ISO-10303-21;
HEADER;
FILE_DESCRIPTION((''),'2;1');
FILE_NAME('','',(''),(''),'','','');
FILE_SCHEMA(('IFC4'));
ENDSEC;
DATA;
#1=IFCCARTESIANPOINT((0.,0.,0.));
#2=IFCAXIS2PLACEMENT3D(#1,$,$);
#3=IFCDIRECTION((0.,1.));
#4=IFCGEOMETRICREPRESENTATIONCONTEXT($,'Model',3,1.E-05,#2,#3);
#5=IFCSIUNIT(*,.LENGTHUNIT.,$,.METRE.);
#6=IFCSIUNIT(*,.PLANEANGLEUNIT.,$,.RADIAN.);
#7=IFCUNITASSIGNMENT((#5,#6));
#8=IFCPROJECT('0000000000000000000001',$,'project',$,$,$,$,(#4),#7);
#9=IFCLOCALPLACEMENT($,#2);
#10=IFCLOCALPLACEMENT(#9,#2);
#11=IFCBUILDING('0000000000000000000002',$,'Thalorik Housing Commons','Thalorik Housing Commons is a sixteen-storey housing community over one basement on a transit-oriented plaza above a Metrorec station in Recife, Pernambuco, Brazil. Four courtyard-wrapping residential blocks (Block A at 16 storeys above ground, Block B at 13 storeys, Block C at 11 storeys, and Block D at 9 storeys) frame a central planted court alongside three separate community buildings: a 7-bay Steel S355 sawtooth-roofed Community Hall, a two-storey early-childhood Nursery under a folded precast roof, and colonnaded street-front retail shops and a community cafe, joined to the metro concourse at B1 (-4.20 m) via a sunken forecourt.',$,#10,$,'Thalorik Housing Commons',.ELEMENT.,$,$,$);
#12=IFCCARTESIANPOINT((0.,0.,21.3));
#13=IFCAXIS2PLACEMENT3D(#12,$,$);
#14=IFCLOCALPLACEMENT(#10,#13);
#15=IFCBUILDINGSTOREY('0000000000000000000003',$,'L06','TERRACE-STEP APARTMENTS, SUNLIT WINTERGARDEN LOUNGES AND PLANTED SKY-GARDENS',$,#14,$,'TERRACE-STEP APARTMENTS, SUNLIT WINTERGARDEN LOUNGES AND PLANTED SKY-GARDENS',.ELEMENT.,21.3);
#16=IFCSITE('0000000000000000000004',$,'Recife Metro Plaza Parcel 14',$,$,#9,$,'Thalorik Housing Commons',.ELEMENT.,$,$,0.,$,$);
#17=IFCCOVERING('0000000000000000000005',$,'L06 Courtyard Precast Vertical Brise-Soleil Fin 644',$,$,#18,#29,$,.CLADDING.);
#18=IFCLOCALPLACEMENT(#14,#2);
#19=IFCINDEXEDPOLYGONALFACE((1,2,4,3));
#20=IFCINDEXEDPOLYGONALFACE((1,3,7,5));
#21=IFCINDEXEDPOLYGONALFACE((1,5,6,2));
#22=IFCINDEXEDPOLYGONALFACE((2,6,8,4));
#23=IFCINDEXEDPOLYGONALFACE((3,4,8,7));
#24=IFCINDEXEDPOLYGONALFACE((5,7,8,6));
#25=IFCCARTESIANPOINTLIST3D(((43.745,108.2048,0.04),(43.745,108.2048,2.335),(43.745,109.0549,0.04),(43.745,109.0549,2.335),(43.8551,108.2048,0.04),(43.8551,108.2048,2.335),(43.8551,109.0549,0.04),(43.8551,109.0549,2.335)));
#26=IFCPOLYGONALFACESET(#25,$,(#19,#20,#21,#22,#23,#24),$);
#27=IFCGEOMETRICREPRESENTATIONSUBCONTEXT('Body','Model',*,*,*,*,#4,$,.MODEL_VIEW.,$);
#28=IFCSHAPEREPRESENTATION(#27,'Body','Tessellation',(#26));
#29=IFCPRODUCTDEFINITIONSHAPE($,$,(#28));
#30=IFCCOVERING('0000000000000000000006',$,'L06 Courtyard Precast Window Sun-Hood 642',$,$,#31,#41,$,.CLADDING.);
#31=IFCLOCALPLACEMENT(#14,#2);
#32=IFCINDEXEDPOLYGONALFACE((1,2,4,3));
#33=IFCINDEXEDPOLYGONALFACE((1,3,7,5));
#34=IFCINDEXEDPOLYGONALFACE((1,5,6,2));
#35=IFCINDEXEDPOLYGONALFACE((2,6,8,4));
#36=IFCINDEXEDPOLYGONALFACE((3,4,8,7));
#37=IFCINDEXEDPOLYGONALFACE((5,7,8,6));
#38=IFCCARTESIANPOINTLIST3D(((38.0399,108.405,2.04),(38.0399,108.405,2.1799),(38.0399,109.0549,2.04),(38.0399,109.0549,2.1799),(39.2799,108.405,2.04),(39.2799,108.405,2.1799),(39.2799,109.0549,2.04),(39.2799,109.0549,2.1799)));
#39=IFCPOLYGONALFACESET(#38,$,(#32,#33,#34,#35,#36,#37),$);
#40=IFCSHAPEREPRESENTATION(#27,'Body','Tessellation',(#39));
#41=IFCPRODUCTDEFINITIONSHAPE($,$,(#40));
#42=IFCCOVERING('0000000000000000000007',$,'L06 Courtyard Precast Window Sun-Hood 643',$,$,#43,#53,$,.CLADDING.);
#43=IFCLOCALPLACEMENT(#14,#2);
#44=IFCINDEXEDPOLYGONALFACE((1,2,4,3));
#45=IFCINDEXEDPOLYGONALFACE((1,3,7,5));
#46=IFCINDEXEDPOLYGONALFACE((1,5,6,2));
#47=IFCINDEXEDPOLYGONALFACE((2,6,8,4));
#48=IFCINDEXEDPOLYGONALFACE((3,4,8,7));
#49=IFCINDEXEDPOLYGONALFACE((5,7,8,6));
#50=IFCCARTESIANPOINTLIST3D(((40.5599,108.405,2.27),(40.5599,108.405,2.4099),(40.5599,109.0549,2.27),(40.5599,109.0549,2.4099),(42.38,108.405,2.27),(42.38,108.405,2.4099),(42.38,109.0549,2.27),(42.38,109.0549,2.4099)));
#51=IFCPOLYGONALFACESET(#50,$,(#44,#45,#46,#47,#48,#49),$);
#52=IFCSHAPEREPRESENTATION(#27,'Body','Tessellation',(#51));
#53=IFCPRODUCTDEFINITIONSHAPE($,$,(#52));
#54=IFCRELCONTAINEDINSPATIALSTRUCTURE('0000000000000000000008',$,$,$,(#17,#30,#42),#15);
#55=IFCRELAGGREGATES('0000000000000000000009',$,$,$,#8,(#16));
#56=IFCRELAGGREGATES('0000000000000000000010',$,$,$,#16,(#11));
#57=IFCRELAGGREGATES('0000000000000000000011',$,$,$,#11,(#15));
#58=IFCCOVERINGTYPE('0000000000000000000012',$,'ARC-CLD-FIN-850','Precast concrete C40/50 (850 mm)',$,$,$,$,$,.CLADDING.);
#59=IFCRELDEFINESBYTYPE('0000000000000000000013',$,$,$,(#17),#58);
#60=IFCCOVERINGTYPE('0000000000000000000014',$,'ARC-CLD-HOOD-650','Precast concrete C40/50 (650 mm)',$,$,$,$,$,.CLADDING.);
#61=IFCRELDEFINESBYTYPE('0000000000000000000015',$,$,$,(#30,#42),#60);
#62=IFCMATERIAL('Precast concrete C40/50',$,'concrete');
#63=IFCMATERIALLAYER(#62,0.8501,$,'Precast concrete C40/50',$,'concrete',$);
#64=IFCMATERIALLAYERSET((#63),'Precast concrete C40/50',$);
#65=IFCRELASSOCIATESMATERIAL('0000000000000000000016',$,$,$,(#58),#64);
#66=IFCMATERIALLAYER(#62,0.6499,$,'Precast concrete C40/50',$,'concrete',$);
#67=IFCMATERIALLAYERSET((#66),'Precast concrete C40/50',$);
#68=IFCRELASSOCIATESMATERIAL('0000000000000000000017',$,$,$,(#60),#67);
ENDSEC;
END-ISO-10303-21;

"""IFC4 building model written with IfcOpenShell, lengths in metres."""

from ifc_helpers import new_model, si_unit, direction, frame, origin, origin_2d, place, context, subcontext, project, spatial, rectangle, extrude, material, layer, layer_set, type_object, element, save


model = new_model("IFC4")

# Units and contexts
model_context = context("Model", 3, precision=1e-05, world=origin(), true_north=direction((0.0, 1.0)))
body_context = subcontext(model_context, "Body", "Model", "MODEL_VIEW")
ifc_project = project(units=[si_unit("LENGTHUNIT", "METRE"), si_unit("PLANEANGLEUNIT", "RADIAN")], contexts=[model_context])

# Site, building, storey
site_placement = place(None, origin())
site = spatial("IfcSite", under=ifc_project, at=site_placement, Name="Recife Metro Plaza Parcel 14", LongName="Thalorik Housing Commons", CompositionType="ELEMENT", RefElevation=0.0)
building_placement = place(site_placement, origin())
building = spatial("IfcBuilding", under=site, at=building_placement, Name="Thalorik Housing Commons", Description="Thalorik Housing Commons is a sixteen-storey housing community over one basement on a transit-oriented plaza above a Metrorec station in Recife, Pernambuco, Brazil. Four courtyard-wrapping residential blocks (Block A at 16 storeys above ground, Block B at 13 storeys, Block C at 11 storeys, and Block D at 9 storeys) frame a central planted court alongside three separate community buildings: a 7-bay Steel S355 sawtooth-roofed Community Hall, a two-storey early-childhood Nursery under a folded precast roof, and colonnaded street-front retail shops and a community cafe, joined to the metro concourse at B1 (-4.20 m) via a sunken forecourt.", LongName="Thalorik Housing Commons", CompositionType="ELEMENT")
storey_placement = place(building_placement, frame((0.0, 0.0, 21.3)))
storey = spatial("IfcBuildingStorey", under=building, at=storey_placement, Name="L06", Description="TERRACE-STEP APARTMENTS, SUNLIT WINTERGARDEN LOUNGES AND PLANTED SKY-GARDENS", LongName="TERRACE-STEP APARTMENTS, SUNLIT WINTERGARDEN LOUNGES AND PLANTED SKY-GARDENS", CompositionType="ELEMENT", Elevation=21.3)

# Shared definitions
ifc_material_1 = material(Name="Precast concrete C40/50", Category="concrete")

# Coverings
ifc_layer_1 = layer(ifc_material_1, 0.8501, Name="Precast concrete C40/50", Category="concrete")
ifc_layer_set_1 = layer_set([ifc_layer_1], Name="Precast concrete C40/50")
covering_type_1 = type_object("IfcCoveringType", Name="ARC-CLD-FIN-850", Description="Precast concrete C40/50 (850 mm)", PredefinedType="CLADDING", material=ifc_layer_set_1)
covering_1_placement = place(storey_placement, frame((43.8, 108.6299, 0.04), z_axis=(0.0, 0.0, 1.0), x_axis=(1.0, 0.0, 0.0)))
element("IfcCovering", 1, at=covering_1_placement, inside=storey, type_object=covering_type_1, Name="L06 Courtyard Precast Vertical Brise-Soleil Fin 644", PredefinedType="CLADDING", context=body_context, shape_type="SweptSolid", body=[
    extrude(rectangle(XDim=0.1101, YDim=0.8501, at=origin_2d()), origin(), (0.0, 0.0, 1.0), 2.2949),
])
ifc_layer_2 = layer(ifc_material_1, 0.6499, Name="Precast concrete C40/50", Category="concrete")
ifc_layer_set_2 = layer_set([ifc_layer_2], Name="Precast concrete C40/50")
covering_type_2 = type_object("IfcCoveringType", Name="ARC-CLD-HOOD-650", Description="Precast concrete C40/50 (650 mm)", PredefinedType="CLADDING", material=ifc_layer_set_2)
covering_2_placement = place(storey_placement, frame((38.6599, 108.73, 2.04), z_axis=(0.0, 0.0, 1.0), x_axis=(1.0, 0.0, 0.0)))
element("IfcCovering", 2, at=covering_2_placement, inside=storey, type_object=covering_type_2, Name="L06 Courtyard Precast Window Sun-Hood 642", PredefinedType="CLADDING", context=body_context, shape_type="SweptSolid", body=[
    extrude(rectangle(XDim=1.24, YDim=0.6499, at=origin_2d()), origin(), (0.0, 0.0, 1.0), 0.1399),
])
covering_3_placement = place(storey_placement, frame((41.47, 108.73, 2.27), z_axis=(0.0, 0.0, 1.0), x_axis=(1.0, 0.0, 0.0)))
element("IfcCovering", 3, at=covering_3_placement, inside=storey, type_object=covering_type_2, Name="L06 Courtyard Precast Window Sun-Hood 643", PredefinedType="CLADDING", context=body_context, shape_type="SweptSolid", body=[
    extrude(rectangle(XDim=1.8201, YDim=0.6499, at=origin_2d()), origin(), (0.0, 0.0, 1.0), 0.1399),
])

save(model, "model.ifc")
